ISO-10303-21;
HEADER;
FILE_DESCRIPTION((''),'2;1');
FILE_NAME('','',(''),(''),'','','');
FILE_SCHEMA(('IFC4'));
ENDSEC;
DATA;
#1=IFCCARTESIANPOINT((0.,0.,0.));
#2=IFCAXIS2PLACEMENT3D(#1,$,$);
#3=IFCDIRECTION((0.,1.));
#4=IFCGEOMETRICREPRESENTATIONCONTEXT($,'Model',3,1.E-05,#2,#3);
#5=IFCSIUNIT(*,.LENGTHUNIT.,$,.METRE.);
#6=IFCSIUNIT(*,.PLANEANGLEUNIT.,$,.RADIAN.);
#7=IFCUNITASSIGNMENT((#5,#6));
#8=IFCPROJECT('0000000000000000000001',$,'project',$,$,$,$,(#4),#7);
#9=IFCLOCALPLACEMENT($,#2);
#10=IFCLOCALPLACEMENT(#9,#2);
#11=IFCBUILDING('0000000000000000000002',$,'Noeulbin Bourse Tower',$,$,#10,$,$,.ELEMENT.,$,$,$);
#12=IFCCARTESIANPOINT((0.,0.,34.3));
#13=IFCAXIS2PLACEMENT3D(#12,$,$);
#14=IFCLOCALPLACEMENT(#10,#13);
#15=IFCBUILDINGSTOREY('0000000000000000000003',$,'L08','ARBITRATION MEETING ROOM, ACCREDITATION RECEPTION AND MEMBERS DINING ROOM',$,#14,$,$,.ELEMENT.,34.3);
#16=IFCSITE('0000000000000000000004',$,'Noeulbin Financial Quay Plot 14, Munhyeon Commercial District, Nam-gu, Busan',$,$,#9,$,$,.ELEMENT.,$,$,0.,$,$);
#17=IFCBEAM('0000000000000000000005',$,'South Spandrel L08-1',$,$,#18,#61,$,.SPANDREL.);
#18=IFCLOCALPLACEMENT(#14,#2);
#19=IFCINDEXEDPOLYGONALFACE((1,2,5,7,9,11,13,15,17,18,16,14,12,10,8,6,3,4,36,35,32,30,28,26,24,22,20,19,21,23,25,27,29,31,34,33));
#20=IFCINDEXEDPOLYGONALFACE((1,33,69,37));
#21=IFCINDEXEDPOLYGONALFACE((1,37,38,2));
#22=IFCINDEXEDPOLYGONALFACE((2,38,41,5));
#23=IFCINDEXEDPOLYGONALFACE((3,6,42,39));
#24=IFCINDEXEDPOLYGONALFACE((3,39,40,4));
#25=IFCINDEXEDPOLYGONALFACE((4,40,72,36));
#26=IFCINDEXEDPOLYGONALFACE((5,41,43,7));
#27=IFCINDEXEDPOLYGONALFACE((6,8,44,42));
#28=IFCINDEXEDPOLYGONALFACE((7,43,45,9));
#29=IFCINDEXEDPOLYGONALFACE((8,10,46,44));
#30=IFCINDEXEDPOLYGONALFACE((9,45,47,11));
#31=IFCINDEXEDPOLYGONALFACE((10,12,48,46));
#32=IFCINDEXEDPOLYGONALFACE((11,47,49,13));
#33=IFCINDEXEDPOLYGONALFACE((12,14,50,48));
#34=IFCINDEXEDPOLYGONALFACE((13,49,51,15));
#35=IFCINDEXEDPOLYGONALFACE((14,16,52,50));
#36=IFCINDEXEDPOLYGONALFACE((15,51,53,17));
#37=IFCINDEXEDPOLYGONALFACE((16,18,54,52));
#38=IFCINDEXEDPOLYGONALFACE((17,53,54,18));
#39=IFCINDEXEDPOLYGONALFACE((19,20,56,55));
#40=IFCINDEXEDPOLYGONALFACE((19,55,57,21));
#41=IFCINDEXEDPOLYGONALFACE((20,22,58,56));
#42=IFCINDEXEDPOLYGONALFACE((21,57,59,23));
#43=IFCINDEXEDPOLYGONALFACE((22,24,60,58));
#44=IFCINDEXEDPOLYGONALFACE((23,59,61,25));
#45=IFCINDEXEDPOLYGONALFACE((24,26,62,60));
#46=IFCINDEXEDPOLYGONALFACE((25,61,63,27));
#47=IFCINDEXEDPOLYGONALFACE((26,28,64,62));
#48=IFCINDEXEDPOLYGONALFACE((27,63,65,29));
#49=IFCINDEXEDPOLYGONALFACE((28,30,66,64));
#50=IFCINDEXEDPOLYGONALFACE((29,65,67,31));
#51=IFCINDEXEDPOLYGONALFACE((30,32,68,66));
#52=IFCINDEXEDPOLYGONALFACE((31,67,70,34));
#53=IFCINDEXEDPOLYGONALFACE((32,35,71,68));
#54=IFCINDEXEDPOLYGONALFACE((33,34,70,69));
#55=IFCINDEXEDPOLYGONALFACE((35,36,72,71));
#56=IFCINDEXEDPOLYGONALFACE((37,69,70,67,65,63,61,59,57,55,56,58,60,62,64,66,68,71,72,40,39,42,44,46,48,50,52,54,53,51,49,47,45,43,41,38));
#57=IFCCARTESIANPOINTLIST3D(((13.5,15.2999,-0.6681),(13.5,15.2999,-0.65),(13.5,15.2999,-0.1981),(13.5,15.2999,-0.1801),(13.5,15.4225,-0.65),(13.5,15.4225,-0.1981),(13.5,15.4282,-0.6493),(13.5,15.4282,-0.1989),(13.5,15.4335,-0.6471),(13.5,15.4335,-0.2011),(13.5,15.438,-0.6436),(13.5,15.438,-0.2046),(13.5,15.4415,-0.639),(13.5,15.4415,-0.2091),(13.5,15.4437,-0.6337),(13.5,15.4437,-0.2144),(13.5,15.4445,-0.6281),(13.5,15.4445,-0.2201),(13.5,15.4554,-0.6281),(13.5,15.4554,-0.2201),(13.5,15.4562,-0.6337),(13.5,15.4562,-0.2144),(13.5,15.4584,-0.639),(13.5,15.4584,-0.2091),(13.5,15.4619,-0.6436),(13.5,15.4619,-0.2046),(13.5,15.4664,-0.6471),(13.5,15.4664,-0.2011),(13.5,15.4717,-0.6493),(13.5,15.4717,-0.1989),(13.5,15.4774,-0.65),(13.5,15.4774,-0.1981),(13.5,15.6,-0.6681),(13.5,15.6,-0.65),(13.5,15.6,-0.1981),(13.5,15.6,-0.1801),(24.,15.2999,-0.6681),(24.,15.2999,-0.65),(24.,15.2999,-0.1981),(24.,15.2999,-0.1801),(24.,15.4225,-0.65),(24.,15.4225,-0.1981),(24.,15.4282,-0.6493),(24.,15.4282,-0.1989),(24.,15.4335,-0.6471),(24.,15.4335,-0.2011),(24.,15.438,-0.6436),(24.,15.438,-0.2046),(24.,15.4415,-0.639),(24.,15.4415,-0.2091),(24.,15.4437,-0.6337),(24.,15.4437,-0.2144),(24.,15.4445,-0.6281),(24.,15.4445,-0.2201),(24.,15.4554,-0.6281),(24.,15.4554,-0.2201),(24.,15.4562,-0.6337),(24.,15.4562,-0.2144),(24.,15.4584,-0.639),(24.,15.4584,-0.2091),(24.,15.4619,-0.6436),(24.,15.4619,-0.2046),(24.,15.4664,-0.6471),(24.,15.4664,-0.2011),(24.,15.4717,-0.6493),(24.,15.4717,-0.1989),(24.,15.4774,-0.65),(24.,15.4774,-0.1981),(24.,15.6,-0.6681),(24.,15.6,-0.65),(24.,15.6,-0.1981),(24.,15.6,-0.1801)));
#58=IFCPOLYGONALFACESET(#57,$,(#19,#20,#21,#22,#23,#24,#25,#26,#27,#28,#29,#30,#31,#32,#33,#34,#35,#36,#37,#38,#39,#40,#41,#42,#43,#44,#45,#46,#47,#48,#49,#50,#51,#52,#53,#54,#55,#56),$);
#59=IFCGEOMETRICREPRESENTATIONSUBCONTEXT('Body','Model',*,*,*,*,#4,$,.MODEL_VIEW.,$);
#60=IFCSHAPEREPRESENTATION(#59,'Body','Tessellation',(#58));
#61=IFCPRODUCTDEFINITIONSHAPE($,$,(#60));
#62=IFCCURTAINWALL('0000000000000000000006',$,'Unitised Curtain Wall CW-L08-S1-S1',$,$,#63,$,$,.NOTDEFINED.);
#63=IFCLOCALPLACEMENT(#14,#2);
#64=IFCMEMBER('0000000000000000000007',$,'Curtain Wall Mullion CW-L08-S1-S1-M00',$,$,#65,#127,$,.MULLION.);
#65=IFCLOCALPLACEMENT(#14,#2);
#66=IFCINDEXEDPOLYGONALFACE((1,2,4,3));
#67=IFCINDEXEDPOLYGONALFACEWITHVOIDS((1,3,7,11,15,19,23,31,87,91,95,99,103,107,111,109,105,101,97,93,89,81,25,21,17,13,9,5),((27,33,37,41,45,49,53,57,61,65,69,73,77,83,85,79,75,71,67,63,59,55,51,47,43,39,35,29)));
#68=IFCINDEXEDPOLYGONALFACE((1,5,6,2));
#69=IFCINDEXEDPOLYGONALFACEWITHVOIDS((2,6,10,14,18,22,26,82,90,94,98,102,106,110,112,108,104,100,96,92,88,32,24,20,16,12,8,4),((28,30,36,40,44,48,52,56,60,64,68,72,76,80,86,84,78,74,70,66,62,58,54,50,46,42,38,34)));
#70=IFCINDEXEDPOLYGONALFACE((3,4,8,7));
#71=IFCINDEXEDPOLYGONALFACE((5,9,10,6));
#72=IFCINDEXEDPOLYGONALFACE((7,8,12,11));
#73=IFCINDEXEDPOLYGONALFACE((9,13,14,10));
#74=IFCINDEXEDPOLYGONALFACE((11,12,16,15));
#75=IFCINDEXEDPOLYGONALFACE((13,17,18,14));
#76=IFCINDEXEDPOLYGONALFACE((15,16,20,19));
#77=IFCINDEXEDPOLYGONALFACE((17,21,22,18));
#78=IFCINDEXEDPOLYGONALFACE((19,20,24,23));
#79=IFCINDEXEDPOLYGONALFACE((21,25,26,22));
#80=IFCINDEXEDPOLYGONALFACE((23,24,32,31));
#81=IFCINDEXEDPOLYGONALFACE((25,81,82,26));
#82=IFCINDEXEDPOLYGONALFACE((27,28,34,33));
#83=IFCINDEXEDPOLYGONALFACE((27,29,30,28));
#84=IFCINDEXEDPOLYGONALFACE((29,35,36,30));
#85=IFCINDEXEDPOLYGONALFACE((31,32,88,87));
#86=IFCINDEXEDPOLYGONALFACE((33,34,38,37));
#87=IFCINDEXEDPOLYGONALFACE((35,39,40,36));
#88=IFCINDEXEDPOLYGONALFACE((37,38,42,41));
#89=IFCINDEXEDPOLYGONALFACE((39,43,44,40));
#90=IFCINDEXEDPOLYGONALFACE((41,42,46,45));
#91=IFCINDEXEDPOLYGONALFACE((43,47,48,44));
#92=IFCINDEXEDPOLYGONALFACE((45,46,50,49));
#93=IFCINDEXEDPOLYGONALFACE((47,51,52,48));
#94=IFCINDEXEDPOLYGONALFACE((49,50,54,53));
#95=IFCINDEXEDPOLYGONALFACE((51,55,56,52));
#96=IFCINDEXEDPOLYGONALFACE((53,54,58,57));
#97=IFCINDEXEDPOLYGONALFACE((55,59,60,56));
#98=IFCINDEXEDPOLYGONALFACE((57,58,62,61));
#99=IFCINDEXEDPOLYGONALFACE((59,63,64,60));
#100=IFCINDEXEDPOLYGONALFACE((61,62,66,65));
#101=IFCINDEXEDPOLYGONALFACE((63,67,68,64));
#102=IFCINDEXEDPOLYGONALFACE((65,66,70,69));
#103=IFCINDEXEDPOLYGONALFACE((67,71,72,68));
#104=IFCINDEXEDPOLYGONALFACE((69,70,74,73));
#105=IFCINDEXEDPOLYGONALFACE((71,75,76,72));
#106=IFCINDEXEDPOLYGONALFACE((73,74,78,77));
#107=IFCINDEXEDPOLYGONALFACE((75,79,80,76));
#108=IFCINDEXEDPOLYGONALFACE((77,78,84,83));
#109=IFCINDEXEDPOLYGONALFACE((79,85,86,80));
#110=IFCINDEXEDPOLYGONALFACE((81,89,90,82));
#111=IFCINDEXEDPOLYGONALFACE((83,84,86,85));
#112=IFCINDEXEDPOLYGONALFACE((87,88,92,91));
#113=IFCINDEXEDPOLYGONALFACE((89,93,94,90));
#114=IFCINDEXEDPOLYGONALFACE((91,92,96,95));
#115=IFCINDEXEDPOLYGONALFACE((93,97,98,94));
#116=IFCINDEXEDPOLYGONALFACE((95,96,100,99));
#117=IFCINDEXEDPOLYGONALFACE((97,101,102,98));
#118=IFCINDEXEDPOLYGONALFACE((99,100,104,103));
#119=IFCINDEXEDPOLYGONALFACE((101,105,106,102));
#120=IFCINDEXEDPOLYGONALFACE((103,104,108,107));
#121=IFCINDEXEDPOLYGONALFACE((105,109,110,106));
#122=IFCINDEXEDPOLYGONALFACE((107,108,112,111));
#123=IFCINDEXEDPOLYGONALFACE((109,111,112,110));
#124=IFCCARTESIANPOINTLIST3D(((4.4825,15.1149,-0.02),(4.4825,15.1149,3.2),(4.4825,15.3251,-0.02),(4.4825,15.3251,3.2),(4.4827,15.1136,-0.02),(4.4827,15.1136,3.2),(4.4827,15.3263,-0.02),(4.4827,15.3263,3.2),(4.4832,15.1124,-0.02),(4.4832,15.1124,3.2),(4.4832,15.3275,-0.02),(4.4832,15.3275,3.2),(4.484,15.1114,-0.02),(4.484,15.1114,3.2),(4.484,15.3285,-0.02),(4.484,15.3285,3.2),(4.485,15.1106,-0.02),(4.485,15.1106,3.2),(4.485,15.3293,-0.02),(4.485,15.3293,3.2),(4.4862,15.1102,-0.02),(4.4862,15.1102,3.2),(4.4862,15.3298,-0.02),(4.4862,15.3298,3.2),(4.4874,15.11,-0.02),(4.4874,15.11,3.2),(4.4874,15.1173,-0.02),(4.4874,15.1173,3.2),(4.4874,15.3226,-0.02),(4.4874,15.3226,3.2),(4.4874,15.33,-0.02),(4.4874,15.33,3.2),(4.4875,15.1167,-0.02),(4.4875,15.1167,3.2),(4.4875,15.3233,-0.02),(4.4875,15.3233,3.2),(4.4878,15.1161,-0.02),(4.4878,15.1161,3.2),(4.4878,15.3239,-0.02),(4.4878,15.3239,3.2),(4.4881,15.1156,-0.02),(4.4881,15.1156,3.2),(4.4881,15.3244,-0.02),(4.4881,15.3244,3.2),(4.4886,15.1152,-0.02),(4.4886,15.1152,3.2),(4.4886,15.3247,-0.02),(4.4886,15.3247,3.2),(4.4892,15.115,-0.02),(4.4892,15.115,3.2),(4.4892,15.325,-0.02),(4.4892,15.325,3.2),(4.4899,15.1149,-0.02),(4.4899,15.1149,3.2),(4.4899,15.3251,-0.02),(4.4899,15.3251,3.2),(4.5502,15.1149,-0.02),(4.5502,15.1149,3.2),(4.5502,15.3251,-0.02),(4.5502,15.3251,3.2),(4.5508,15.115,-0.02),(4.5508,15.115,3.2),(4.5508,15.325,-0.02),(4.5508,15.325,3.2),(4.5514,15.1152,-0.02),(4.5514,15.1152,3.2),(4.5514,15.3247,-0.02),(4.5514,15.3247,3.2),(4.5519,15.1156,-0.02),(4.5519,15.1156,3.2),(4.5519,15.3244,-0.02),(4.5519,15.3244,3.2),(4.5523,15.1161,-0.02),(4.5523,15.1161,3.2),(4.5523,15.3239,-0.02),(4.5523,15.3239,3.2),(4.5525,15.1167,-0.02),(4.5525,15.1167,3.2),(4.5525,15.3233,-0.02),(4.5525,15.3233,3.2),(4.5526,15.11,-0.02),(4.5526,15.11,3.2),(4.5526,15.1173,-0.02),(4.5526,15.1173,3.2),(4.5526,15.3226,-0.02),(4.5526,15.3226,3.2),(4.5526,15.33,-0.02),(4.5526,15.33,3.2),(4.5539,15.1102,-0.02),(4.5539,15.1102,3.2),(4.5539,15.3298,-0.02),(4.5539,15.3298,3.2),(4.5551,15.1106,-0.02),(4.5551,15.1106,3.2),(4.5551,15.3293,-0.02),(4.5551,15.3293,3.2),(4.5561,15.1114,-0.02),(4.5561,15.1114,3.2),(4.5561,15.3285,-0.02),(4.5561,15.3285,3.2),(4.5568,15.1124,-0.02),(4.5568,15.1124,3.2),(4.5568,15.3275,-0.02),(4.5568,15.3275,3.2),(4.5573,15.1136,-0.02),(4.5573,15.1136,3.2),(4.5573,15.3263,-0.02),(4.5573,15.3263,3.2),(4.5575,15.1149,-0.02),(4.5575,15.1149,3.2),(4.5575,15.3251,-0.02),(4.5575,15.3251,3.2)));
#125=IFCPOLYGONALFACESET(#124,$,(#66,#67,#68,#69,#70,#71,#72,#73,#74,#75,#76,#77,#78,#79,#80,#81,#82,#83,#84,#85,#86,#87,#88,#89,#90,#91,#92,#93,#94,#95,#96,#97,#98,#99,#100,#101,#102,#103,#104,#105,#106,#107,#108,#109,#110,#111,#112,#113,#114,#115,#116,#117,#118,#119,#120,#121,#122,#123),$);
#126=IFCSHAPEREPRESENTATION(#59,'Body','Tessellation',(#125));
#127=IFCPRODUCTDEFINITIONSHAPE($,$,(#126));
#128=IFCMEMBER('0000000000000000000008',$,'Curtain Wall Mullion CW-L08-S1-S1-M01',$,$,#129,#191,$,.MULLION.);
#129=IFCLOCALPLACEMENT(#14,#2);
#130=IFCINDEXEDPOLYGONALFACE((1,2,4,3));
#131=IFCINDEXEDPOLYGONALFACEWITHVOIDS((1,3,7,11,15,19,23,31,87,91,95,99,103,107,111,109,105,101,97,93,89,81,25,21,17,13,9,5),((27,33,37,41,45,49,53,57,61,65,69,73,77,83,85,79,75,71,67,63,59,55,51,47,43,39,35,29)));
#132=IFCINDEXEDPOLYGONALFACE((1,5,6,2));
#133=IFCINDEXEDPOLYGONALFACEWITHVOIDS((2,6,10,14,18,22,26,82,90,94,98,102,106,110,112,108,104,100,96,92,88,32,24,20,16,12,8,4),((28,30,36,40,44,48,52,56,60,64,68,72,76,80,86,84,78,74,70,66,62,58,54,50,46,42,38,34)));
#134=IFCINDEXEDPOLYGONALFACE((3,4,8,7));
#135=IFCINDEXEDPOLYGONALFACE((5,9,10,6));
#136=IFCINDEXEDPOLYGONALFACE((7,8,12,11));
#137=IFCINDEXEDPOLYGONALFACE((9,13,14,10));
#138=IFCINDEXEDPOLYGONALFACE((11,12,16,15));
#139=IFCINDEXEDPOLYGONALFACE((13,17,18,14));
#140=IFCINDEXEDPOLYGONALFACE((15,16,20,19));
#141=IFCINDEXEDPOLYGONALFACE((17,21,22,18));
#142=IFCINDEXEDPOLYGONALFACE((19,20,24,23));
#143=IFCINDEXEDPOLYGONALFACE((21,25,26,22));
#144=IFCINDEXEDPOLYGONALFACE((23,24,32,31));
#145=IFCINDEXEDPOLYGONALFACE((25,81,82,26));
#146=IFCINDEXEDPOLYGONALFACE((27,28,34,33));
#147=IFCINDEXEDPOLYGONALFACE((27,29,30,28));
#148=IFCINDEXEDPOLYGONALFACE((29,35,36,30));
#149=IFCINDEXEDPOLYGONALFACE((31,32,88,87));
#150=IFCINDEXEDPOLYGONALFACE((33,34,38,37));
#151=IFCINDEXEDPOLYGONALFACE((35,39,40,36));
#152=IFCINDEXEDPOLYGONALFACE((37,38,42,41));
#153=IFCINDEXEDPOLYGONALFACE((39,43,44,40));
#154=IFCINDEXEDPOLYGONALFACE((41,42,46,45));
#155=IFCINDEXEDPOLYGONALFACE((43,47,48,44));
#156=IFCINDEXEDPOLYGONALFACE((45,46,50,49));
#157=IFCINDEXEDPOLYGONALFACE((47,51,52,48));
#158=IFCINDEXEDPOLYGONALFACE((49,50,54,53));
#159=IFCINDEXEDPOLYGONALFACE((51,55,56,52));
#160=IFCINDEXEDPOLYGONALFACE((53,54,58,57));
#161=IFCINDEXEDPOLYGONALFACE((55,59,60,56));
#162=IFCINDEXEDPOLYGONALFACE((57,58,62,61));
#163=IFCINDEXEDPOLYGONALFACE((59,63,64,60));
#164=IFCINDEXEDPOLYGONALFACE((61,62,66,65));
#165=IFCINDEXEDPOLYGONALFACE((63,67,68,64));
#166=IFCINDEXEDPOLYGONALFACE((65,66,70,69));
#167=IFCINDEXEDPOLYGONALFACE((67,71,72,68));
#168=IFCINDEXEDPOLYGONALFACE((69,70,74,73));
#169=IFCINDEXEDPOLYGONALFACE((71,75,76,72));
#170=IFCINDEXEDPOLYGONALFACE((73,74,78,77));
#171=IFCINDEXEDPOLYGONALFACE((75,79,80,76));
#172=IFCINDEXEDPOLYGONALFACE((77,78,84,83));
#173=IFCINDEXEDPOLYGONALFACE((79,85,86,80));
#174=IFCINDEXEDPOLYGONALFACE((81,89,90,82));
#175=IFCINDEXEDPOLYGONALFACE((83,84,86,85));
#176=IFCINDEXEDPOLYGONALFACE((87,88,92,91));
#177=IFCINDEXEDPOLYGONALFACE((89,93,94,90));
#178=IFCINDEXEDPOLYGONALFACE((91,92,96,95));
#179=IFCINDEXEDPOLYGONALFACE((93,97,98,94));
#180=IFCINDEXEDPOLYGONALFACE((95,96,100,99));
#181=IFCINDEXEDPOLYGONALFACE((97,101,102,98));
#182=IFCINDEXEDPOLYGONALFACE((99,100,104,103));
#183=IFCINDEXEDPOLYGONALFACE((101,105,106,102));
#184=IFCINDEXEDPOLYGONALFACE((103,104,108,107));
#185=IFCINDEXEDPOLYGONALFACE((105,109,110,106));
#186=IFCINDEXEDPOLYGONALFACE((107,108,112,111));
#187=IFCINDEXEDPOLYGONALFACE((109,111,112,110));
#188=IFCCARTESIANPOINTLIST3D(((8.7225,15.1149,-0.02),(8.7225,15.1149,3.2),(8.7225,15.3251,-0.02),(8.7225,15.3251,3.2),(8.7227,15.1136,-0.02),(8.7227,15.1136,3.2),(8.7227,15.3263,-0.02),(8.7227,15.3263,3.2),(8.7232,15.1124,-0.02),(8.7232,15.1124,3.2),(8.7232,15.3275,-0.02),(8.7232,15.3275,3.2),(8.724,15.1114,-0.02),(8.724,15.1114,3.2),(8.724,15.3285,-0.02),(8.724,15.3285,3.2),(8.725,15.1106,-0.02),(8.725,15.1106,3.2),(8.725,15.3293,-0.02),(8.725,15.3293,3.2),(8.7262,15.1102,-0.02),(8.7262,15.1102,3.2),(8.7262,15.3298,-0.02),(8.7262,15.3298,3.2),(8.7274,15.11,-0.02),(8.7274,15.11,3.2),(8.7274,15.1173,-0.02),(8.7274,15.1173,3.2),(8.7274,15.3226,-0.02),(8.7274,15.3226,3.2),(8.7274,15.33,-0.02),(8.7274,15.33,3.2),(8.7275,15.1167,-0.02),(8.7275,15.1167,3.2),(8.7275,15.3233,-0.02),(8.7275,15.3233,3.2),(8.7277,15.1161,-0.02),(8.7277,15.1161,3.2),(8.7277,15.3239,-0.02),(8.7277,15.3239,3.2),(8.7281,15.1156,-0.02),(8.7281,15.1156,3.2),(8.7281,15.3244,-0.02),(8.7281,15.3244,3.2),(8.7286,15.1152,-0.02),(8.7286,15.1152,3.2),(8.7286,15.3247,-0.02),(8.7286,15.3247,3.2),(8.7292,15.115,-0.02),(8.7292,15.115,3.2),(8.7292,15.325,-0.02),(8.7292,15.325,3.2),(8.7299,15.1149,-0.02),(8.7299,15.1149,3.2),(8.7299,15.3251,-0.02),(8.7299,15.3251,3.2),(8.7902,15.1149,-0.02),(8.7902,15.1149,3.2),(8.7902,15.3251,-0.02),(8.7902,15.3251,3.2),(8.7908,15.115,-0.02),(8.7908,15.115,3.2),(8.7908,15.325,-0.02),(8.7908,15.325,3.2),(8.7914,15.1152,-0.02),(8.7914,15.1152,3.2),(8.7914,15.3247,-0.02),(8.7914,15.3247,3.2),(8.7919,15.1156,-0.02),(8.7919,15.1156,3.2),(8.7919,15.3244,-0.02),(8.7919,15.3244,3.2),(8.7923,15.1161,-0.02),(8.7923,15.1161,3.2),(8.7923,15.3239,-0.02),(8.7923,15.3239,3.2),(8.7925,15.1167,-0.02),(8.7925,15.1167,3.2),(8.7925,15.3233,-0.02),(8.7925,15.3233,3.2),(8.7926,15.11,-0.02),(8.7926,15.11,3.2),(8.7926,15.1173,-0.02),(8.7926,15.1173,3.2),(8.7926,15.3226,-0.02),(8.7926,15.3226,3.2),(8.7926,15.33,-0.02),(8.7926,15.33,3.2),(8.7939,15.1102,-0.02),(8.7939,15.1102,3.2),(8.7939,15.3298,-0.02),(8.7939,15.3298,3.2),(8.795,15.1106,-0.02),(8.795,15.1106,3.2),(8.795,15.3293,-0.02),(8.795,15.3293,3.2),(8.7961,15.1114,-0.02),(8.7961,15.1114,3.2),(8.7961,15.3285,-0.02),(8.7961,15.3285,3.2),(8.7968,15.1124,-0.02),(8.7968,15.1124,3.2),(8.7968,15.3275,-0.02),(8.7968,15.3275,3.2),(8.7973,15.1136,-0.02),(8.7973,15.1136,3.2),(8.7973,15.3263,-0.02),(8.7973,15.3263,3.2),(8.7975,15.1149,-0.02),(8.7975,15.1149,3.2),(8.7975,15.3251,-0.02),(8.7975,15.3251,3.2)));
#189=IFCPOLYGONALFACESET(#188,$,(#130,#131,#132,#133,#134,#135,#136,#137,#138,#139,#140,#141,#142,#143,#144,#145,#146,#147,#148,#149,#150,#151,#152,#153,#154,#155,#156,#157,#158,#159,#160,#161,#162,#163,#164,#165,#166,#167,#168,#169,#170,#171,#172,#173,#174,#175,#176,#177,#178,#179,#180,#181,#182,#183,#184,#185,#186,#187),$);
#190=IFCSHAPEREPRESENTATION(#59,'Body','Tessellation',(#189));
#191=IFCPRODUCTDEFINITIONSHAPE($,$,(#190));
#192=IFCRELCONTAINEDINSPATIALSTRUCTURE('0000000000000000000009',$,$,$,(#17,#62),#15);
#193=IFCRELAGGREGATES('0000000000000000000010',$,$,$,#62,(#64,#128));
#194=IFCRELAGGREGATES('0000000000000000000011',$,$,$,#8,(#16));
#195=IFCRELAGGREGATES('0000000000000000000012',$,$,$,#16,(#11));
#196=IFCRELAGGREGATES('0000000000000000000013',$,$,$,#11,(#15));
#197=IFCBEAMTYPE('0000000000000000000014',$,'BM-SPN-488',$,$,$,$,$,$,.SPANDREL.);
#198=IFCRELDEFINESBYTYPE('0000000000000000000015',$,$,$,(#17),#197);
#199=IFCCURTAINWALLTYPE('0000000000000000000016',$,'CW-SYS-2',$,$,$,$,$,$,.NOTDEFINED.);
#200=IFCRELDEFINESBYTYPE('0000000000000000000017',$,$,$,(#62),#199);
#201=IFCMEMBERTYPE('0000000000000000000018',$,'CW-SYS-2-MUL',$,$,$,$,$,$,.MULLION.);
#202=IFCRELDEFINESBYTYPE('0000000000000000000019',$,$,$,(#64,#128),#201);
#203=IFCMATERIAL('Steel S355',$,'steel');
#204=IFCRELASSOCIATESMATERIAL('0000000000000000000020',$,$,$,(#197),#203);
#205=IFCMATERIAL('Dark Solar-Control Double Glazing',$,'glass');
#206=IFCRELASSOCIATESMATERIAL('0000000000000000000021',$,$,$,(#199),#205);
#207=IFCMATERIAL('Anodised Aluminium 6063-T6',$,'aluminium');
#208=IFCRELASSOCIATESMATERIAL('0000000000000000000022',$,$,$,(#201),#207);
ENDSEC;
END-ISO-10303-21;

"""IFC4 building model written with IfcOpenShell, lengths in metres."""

from ifc_helpers import new_model, si_unit, direction, frame, origin, origin_2d, place, context, subcontext, project, spatial, hollow_rectangle, i_section, extrude, material, material_profile, profile_set, type_object, element, aggregate, save


model = new_model("IFC4")

# Units and contexts
model_context = context("Model", 3, precision=1e-05, world=origin(), true_north=direction((0.0, 1.0)))
body_context = subcontext(model_context, "Body", "Model", "MODEL_VIEW")
ifc_project = project(units=[si_unit("LENGTHUNIT", "METRE"), si_unit("PLANEANGLEUNIT", "RADIAN")], contexts=[model_context])

# Site, building, storey
site_placement = place(None, origin())
site = spatial("IfcSite", under=ifc_project, at=site_placement, Name="Noeulbin Financial Quay Plot 14, Munhyeon Commercial District, Nam-gu, Busan", CompositionType="ELEMENT", RefElevation=0.0)
building_placement = place(site_placement, origin())
building = spatial("IfcBuilding", under=site, at=building_placement, Name="Noeulbin Bourse Tower", CompositionType="ELEMENT")
storey_placement = place(building_placement, frame((0.0, 0.0, 34.3)))
storey = spatial("IfcBuildingStorey", under=building, at=storey_placement, Name="L08", Description="ARBITRATION MEETING ROOM, ACCREDITATION RECEPTION AND MEMBERS DINING ROOM", CompositionType="ELEMENT", Elevation=34.3)

# Beam
ifc_material_1 = material(Name="Steel S355", Category="steel")
ifc_material_profile_1 = material_profile(ifc_material_1, i_section(OverallWidth=0.3, OverallDepth=0.488, WebThickness=0.011, FlangeThickness=0.0181, FilletRadius=0.022, at=origin_2d()), Name="H-488x300x11x18", Category="LoadBearing")
ifc_profile_set_1 = profile_set([ifc_material_profile_1], Name="Steel S355")
beam_type_1 = type_object("IfcBeamType", Name="BM-SPN-488", PredefinedType="SPANDREL", material=ifc_profile_set_1)
beam_1_placement = place(storey_placement, frame((13.5, 15.45, -0.4241), z_axis=(1.0, 0.0, 0.0), x_axis=(0.0, 1.0, 0.0)))
element("IfcBeam", 1, at=beam_1_placement, inside=storey, type_object=beam_type_1, Name="South Spandrel L08-1", PredefinedType="SPANDREL", context=body_context, shape_type="SweptSolid", body=[
    extrude(i_section(OverallWidth=0.3, OverallDepth=0.488, WebThickness=0.011, FlangeThickness=0.0181, FilletRadius=0.022, at=origin_2d()), origin(), (0.0, 0.0, 1.0), 10.5),
])

# Curtain wall, members
ifc_material_2 = material(Name="Dark Solar-Control Double Glazing", Category="glass")
curtain_wall_type = type_object("IfcCurtainWallType", Name="CW-SYS-2", PredefinedType="NOTDEFINED", material=ifc_material_2)
curtain_wall_1_placement = place(storey_placement, origin())
curtain_wall_1 = element("IfcCurtainWall", 2, at=curtain_wall_1_placement, inside=storey, type_object=curtain_wall_type, Name="Unitised Curtain Wall CW-L08-S1-S1", PredefinedType="NOTDEFINED")
ifc_material_3 = material(Name="Anodised Aluminium 6063-T6", Category="aluminium")
ifc_material_profile_2 = material_profile(ifc_material_3, hollow_rectangle(XDim=0.075, YDim=0.22, WallThickness=0.0049, InnerFilletRadius=0.0024, OuterFilletRadius=0.0049, at=origin_2d()), Name="ALU-MULL-75x220x5", Category="LoadBearing")
ifc_profile_set_2 = profile_set([ifc_material_profile_2], Name="Anodised Aluminium 6063-T6")
member_type_1 = type_object("IfcMemberType", Name="CW-SYS-2-MUL", PredefinedType="MULLION", material=ifc_profile_set_2)
member_1_placement = place(storey_placement, frame((4.52, 15.22, -0.02), z_axis=(0.0, 0.0, 1.0), x_axis=(1.0, 0.0, 0.0)))
member_1 = element("IfcMember", 3, at=member_1_placement, type_object=member_type_1, Name="Curtain Wall Mullion CW-L08-S1-S1-M00", PredefinedType="MULLION", context=body_context, shape_type="SweptSolid", body=[
    extrude(hollow_rectangle(XDim=0.075, YDim=0.22, WallThickness=0.0049, InnerFilletRadius=0.0024, OuterFilletRadius=0.0049, at=origin_2d()), origin(), (0.0, 0.0, 1.0), 3.22),
])
member_2_placement = place(storey_placement, frame((8.76, 15.22, -0.02), z_axis=(0.0, 0.0, 1.0), x_axis=(1.0, 0.0, 0.0)))
member_2 = element("IfcMember", 4, at=member_2_placement, type_object=member_type_1, Name="Curtain Wall Mullion CW-L08-S1-S1-M01", PredefinedType="MULLION", context=body_context, shape_type="SweptSolid", body=[
    extrude(hollow_rectangle(XDim=0.075, YDim=0.22, WallThickness=0.0049, InnerFilletRadius=0.0024, OuterFilletRadius=0.0049, at=origin_2d()), origin(), (0.0, 0.0, 1.0), 3.22),
])

aggregate(curtain_wall_1, [member_1, member_2])

save(model, "model.ifc")
